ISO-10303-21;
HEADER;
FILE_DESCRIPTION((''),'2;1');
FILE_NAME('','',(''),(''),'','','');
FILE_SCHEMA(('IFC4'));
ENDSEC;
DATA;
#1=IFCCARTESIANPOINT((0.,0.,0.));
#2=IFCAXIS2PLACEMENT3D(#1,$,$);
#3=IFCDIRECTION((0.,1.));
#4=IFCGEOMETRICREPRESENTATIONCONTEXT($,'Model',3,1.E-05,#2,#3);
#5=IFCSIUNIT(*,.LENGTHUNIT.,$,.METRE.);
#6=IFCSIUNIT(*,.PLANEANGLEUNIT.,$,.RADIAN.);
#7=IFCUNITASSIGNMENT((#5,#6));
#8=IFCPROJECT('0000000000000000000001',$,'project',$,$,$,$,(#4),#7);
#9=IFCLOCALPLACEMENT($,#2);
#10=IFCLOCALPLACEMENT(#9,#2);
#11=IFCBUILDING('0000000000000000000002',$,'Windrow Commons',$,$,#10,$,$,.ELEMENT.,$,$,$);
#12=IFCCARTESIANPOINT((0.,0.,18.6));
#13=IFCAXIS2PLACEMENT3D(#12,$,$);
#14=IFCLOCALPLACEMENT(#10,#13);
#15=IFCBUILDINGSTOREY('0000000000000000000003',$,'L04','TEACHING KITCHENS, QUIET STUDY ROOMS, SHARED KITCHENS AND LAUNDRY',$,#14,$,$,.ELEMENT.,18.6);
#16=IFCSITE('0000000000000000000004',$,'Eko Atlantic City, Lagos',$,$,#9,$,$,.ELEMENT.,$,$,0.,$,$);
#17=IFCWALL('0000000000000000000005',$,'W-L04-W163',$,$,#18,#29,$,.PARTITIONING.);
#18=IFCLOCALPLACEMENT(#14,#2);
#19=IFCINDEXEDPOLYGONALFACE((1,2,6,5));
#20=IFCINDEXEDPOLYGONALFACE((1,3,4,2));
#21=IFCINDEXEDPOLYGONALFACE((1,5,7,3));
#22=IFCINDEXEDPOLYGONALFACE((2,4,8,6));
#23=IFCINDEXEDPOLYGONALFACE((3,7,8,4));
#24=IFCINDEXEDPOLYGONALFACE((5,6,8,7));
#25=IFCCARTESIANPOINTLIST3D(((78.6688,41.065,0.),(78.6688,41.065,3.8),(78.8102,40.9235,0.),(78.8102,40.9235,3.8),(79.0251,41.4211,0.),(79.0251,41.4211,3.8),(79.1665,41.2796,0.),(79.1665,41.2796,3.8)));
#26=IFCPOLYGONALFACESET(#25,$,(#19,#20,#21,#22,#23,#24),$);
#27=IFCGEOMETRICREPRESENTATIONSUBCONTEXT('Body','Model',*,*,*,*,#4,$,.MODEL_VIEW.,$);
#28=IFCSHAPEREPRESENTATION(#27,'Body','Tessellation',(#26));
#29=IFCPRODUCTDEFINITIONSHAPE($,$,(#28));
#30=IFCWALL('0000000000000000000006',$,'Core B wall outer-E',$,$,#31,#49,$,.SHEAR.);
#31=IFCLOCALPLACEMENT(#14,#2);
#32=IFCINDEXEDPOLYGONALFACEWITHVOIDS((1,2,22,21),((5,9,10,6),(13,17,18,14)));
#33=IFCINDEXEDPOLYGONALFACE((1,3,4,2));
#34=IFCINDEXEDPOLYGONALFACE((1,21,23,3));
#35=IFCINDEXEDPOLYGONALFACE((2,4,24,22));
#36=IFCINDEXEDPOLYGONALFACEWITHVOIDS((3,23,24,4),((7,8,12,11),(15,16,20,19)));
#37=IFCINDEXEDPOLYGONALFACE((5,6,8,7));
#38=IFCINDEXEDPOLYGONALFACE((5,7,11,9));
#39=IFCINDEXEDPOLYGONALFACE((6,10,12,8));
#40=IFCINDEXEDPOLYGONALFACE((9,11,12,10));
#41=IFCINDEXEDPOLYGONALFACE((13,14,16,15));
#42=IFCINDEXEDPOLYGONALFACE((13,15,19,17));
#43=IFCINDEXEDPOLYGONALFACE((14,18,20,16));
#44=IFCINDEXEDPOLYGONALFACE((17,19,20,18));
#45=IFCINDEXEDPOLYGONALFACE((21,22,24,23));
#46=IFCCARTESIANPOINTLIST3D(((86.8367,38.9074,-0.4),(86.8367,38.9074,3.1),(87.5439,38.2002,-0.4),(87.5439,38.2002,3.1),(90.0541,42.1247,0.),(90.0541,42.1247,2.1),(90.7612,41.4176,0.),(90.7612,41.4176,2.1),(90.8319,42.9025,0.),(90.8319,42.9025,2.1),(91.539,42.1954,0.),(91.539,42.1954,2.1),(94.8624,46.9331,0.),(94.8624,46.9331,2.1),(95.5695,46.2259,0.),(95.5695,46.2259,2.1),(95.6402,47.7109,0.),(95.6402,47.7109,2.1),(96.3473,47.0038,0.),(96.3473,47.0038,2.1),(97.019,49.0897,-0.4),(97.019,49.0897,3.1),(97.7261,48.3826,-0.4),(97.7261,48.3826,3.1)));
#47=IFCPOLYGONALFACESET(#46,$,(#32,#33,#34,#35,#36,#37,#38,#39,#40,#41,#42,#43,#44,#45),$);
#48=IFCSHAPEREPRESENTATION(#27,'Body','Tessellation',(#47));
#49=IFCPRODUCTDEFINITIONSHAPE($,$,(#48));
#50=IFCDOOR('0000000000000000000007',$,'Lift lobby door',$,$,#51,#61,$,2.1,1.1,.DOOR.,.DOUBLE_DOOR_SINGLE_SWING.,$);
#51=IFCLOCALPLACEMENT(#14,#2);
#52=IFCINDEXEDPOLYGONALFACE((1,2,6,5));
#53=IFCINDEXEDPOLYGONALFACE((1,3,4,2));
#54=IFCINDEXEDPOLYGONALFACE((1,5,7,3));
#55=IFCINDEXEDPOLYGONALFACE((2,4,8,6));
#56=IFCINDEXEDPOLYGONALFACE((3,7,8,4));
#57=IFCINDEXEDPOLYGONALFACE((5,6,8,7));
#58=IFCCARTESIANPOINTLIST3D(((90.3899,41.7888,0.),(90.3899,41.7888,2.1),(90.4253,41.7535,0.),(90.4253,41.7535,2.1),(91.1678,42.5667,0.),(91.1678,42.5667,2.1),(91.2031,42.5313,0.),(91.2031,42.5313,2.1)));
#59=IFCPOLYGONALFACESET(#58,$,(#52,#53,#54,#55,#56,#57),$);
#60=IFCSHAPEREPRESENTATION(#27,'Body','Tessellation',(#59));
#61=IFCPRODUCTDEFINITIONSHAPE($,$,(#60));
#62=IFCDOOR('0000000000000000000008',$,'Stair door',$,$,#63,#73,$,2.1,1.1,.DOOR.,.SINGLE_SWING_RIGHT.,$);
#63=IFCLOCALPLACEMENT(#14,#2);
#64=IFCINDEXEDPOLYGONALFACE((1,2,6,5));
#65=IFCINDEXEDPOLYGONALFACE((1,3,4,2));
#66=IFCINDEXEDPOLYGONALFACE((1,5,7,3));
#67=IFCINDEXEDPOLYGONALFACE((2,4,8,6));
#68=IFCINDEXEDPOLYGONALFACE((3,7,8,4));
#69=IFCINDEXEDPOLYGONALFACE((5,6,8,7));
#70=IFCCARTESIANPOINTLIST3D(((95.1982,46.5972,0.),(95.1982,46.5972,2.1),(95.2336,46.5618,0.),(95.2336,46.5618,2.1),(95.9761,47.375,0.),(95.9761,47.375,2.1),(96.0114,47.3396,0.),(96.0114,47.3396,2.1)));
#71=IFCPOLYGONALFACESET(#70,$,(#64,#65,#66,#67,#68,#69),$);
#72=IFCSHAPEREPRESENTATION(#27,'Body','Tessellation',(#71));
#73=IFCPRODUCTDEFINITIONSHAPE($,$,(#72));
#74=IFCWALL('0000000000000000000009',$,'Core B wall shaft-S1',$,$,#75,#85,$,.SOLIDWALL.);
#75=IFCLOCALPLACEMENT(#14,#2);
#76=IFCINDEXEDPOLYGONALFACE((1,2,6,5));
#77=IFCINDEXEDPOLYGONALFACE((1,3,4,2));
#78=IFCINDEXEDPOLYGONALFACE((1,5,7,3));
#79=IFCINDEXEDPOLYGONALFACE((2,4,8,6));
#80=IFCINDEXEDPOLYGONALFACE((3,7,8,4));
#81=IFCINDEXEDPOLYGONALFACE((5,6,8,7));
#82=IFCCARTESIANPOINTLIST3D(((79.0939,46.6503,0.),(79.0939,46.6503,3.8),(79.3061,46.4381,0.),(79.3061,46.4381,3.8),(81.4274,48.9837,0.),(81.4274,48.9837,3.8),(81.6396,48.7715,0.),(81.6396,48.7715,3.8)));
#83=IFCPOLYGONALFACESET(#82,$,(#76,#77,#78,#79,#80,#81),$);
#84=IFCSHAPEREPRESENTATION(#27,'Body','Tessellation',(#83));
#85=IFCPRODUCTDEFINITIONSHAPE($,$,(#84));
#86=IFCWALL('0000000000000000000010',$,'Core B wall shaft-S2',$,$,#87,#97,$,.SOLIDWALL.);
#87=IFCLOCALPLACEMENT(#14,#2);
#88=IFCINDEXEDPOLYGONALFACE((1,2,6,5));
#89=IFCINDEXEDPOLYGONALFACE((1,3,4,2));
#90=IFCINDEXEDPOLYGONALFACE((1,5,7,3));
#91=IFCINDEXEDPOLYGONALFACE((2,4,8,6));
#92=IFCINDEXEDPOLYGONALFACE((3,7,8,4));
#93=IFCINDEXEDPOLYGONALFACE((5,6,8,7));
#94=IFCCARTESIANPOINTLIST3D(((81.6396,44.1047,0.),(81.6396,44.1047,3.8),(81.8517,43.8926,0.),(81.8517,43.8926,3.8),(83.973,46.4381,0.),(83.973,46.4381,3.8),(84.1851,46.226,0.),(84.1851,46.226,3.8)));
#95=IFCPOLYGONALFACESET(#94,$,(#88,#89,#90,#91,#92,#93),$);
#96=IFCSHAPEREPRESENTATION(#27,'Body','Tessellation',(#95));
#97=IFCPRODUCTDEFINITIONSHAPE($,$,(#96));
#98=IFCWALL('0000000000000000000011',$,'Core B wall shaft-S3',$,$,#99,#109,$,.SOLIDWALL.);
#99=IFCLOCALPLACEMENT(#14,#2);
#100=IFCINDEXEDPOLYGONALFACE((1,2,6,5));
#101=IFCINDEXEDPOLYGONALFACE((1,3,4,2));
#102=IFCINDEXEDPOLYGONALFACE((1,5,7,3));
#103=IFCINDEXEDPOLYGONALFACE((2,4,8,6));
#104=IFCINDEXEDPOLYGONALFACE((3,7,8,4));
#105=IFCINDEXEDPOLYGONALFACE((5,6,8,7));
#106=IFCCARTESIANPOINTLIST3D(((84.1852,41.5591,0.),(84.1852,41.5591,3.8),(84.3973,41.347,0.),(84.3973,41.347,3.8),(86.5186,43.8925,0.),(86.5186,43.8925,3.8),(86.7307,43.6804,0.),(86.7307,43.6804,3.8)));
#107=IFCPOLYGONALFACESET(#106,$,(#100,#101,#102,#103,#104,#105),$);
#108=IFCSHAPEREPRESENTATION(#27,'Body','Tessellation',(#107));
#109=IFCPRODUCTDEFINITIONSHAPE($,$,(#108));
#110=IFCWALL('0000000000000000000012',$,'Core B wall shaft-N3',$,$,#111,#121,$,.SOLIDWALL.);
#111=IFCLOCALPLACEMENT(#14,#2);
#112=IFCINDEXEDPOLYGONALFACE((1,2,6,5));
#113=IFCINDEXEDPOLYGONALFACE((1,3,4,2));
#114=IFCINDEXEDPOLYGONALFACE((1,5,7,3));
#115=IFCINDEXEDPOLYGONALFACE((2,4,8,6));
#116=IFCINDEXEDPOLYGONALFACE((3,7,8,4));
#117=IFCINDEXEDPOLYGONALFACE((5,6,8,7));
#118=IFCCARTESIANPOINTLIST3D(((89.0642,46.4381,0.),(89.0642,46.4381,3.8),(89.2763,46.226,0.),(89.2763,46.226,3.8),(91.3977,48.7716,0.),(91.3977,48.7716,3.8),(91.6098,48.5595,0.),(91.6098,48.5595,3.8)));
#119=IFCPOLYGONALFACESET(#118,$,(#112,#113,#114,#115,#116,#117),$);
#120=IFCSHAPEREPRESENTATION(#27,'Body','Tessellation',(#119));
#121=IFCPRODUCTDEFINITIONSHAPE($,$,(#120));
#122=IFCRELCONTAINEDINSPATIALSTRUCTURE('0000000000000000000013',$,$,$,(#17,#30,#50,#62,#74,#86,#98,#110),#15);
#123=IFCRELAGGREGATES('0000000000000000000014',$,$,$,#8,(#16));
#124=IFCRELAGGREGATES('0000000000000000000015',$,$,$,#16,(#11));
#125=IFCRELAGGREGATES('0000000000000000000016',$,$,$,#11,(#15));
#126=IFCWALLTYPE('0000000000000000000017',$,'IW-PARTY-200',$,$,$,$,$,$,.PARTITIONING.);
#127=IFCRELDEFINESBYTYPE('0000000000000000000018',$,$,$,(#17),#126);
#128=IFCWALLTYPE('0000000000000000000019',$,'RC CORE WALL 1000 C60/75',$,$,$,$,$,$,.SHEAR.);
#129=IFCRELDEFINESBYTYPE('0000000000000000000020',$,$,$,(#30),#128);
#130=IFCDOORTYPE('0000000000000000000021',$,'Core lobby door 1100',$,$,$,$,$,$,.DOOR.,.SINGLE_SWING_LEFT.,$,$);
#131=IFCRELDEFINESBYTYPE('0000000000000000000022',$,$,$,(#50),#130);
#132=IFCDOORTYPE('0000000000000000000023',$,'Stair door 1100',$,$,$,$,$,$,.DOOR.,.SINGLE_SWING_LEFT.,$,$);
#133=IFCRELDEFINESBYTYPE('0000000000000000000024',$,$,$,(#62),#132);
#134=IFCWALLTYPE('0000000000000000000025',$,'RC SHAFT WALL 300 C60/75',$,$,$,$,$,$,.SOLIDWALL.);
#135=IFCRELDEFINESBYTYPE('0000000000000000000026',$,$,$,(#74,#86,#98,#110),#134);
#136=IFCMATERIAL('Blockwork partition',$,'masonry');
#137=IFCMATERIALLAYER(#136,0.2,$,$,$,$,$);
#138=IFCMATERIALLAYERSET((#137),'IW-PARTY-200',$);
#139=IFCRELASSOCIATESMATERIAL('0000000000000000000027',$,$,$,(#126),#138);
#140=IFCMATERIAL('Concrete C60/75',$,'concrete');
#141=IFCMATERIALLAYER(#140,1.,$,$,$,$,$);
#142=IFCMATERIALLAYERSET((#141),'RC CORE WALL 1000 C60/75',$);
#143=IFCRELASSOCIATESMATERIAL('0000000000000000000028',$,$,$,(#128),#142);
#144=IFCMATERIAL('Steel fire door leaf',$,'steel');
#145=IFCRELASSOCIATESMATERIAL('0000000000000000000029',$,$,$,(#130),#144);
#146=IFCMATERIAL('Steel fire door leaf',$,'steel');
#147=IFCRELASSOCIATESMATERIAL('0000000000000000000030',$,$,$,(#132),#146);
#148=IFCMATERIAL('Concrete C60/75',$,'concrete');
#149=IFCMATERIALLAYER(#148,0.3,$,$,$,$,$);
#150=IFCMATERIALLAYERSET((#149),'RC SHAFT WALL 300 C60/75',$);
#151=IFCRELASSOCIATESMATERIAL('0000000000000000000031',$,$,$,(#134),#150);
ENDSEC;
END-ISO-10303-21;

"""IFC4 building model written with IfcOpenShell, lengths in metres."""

from ifc_helpers import new_model, si_unit, direction, frame, frame_2d, origin, place, context, subcontext, project, spatial, rectangle, extrude, material, layer, layer_set, type_object, element, fill, save


model = new_model("IFC4")

# Units and contexts
model_context = context("Model", 3, precision=1e-05, world=origin(), true_north=direction((0.0, 1.0)))
body_context = subcontext(model_context, "Body", "Model", "MODEL_VIEW")
ifc_project = project(units=[si_unit("LENGTHUNIT", "METRE"), si_unit("PLANEANGLEUNIT", "RADIAN")], contexts=[model_context])

# Site, building, storey
site_placement = place(None, origin())
site = spatial("IfcSite", under=ifc_project, at=site_placement, Name="Eko Atlantic City, Lagos", CompositionType="ELEMENT", RefElevation=0.0)
building_placement = place(site_placement, origin())
building = spatial("IfcBuilding", under=site, at=building_placement, Name="Windrow Commons", CompositionType="ELEMENT")
storey_placement = place(building_placement, frame((0.0, 0.0, 18.6)))
storey = spatial("IfcBuildingStorey", under=building, at=storey_placement, Name="L04", Description="TEACHING KITCHENS, QUIET STUDY ROOMS, SHARED KITCHENS AND LAUNDRY", CompositionType="ELEMENT", Elevation=18.6)

# Wall
ifc_material_1 = material(Name="Blockwork partition", Category="masonry")
ifc_layer_1 = layer(ifc_material_1, 0.2)
ifc_layer_set_1 = layer_set([ifc_layer_1], Name="IW-PARTY-200")
wall_type_1 = type_object("IfcWallType", Name="IW-PARTY-200", PredefinedType="PARTITIONING", material=ifc_layer_set_1)
wall_1_placement = place(storey_placement, frame((78.7395, 40.9942, 0.0), z_axis=(0.0, 0.0, 1.0), x_axis=(0.707206, 0.707008, 0.0)))
element("IfcWall", 1, at=wall_1_placement, inside=storey, type_object=wall_type_1, Name="W-L04-W163", PredefinedType="PARTITIONING", context=body_context, shape_type="SweptSolid", body=[
    extrude(rectangle(XDim=0.5037, YDim=0.2, at=frame_2d((0.2519, 0.0))), origin(), (0.0, 0.0, 1.0), 3.8),
])

# Wall, openings, doors
ifc_material_2 = material(Name="Concrete C60/75", Category="concrete")
ifc_layer_2 = layer(ifc_material_2, 1.0)
ifc_layer_set_2 = layer_set([ifc_layer_2], Name="RC CORE WALL 1000 C60/75")
wall_type_2 = type_object("IfcWallType", Name="RC CORE WALL 1000 C60/75", PredefinedType="SHEAR", material=ifc_layer_set_2)
wall_2_placement = place(storey_placement, frame((87.1903, 38.5538, -0.4), z_axis=(0.0, 0.0, 1.0), x_axis=(0.707103, 0.70711, 0.0)))
wall_2 = element("IfcWall", 2, at=wall_2_placement, inside=storey, type_object=wall_type_2, Name="Core B wall outer-E", PredefinedType="SHEAR", context=body_context, shape_type="SweptSolid", body=[
    extrude(rectangle(XDim=14.4, YDim=1.0, at=frame_2d((7.2, 0.0))), origin(), (0.0, 0.0, 1.0), 3.5),
])
opening_1_placement = place(wall_2_placement, frame((4.55, 0.0, 0.4)))
opening_1 = element("IfcOpeningElement", 3, at=opening_1_placement, cuts=wall_2, PredefinedType="OPENING", context=body_context, shape_type="SweptSolid", body=[
    extrude(rectangle(XDim=1.1, YDim=2.1, at=frame_2d((0.55, 1.05))), frame((0.0, 0.51, 0.0), z_axis=(0.0, -1.0, 0.0), x_axis=(1.0, 0.0, 0.0)), (0.0, 0.0, 1.0), 1.02),
])
opening_2_placement = place(wall_2_placement, frame((11.35, 0.0, 0.4)))
opening_2 = element("IfcOpeningElement", 4, at=opening_2_placement, cuts=wall_2, PredefinedType="OPENING", context=body_context, shape_type="SweptSolid", body=[
    extrude(rectangle(XDim=1.1, YDim=2.1, at=frame_2d((0.55, 1.05))), frame((0.0, 0.51, 0.0), z_axis=(0.0, -1.0, 0.0), x_axis=(1.0, 0.0, 0.0)), (0.0, 0.0, 1.0), 1.02),
])
ifc_material_3 = material(Name="Steel fire door leaf", Category="steel")
door_type_1 = type_object("IfcDoorType", Name="Core lobby door 1100", OperationType="SINGLE_SWING_LEFT", PredefinedType="DOOR", material=ifc_material_3)
door_1_placement = place(opening_1_placement, origin())
door_1 = element("IfcDoor", 5, at=door_1_placement, inside=storey, type_object=door_type_1, Name="Lift lobby door", OperationType="DOUBLE_DOOR_SINGLE_SWING", OverallHeight=2.1, OverallWidth=1.1, PredefinedType="DOOR", context=body_context, shape_type="SweptSolid", body=[
    extrude(rectangle(XDim=1.1, YDim=2.1, at=frame_2d((0.55, 1.05))), frame((0.0, 0.025, 0.0), z_axis=(0.0, -1.0, 0.0), x_axis=(1.0, 0.0, 0.0)), (0.0, 0.0, 1.0), 0.05),
])
fill(opening_1, door_1)
ifc_material_4 = material(Name="Steel fire door leaf", Category="steel")
door_type_2 = type_object("IfcDoorType", Name="Stair door 1100", OperationType="SINGLE_SWING_LEFT", PredefinedType="DOOR", material=ifc_material_4)
door_2_placement = place(opening_2_placement, origin())
door_2 = element("IfcDoor", 6, at=door_2_placement, inside=storey, type_object=door_type_2, Name="Stair door", OperationType="SINGLE_SWING_RIGHT", OverallHeight=2.1, OverallWidth=1.1, PredefinedType="DOOR", context=body_context, shape_type="SweptSolid", body=[
    extrude(rectangle(XDim=1.1, YDim=2.1, at=frame_2d((0.55, 1.05))), frame((0.0, 0.025, 0.0), z_axis=(0.0, -1.0, 0.0), x_axis=(1.0, 0.0, 0.0)), (0.0, 0.0, 1.0), 0.05),
])
fill(opening_2, door_2)

# Walls
ifc_material_5 = material(Name="Concrete C60/75", Category="concrete")
ifc_layer_3 = layer(ifc_material_5, 0.3)
ifc_layer_set_3 = layer_set([ifc_layer_3], Name="RC SHAFT WALL 300 C60/75")
wall_type_3 = type_object("IfcWallType", Name="RC SHAFT WALL 300 C60/75", PredefinedType="SOLIDWALL", material=ifc_layer_set_3)
wall_3_placement = place(storey_placement, frame((79.2, 46.5442, 0.0), z_axis=(0.0, 0.0, 1.0), x_axis=(0.707122, 0.707092, 0.0)))
element("IfcWall", 7, at=wall_3_placement, inside=storey, type_object=wall_type_3, Name="Core B wall shaft-S1", PredefinedType="SOLIDWALL", context=body_context, shape_type="SweptSolid", body=[
    extrude(rectangle(XDim=3.3, YDim=0.3, at=frame_2d((1.65, 0.0))), origin(), (0.0, 0.0, 1.0), 3.8),
])
for number, where, z_axis, x_axis, name in (
    (8, (81.7456, 43.9986, 0.0), (0.0, 0.0, 1.0), (0.707107, 0.707107, 0.0), "Core B wall shaft-S2"),
    (9, (84.2912, 41.453, 0.0), (0.0, 0.0, 1.0), (0.707107, 0.707107, 0.0), "Core B wall shaft-S3"),
):
    element("IfcWall", number, at=place(storey_placement, frame(where, z_axis=z_axis, x_axis=x_axis)), inside=storey, type_object=wall_type_3, Name=name, PredefinedType="SOLIDWALL", context=body_context, shape_type="SweptSolid", body=[
        extrude(rectangle(XDim=3.2999, YDim=0.3, at=frame_2d((1.65, 0.0))), origin(), (0.0, 0.0, 1.0), 3.8),
    ])
wall_4_placement = place(storey_placement, frame((89.1702, 46.332, 0.0), z_axis=(0.0, 0.0, 1.0), x_axis=(0.707107, 0.707107, 0.0)))
element("IfcWall", 10, at=wall_4_placement, inside=storey, type_object=wall_type_3, Name="Core B wall shaft-N3", PredefinedType="SOLIDWALL", context=body_context, shape_type="SweptSolid", body=[
    extrude(rectangle(XDim=3.3001, YDim=0.3, at=frame_2d((1.6501, 0.0))), origin(), (0.0, 0.0, 1.0), 3.8),
])

save(model, "model.ifc")
